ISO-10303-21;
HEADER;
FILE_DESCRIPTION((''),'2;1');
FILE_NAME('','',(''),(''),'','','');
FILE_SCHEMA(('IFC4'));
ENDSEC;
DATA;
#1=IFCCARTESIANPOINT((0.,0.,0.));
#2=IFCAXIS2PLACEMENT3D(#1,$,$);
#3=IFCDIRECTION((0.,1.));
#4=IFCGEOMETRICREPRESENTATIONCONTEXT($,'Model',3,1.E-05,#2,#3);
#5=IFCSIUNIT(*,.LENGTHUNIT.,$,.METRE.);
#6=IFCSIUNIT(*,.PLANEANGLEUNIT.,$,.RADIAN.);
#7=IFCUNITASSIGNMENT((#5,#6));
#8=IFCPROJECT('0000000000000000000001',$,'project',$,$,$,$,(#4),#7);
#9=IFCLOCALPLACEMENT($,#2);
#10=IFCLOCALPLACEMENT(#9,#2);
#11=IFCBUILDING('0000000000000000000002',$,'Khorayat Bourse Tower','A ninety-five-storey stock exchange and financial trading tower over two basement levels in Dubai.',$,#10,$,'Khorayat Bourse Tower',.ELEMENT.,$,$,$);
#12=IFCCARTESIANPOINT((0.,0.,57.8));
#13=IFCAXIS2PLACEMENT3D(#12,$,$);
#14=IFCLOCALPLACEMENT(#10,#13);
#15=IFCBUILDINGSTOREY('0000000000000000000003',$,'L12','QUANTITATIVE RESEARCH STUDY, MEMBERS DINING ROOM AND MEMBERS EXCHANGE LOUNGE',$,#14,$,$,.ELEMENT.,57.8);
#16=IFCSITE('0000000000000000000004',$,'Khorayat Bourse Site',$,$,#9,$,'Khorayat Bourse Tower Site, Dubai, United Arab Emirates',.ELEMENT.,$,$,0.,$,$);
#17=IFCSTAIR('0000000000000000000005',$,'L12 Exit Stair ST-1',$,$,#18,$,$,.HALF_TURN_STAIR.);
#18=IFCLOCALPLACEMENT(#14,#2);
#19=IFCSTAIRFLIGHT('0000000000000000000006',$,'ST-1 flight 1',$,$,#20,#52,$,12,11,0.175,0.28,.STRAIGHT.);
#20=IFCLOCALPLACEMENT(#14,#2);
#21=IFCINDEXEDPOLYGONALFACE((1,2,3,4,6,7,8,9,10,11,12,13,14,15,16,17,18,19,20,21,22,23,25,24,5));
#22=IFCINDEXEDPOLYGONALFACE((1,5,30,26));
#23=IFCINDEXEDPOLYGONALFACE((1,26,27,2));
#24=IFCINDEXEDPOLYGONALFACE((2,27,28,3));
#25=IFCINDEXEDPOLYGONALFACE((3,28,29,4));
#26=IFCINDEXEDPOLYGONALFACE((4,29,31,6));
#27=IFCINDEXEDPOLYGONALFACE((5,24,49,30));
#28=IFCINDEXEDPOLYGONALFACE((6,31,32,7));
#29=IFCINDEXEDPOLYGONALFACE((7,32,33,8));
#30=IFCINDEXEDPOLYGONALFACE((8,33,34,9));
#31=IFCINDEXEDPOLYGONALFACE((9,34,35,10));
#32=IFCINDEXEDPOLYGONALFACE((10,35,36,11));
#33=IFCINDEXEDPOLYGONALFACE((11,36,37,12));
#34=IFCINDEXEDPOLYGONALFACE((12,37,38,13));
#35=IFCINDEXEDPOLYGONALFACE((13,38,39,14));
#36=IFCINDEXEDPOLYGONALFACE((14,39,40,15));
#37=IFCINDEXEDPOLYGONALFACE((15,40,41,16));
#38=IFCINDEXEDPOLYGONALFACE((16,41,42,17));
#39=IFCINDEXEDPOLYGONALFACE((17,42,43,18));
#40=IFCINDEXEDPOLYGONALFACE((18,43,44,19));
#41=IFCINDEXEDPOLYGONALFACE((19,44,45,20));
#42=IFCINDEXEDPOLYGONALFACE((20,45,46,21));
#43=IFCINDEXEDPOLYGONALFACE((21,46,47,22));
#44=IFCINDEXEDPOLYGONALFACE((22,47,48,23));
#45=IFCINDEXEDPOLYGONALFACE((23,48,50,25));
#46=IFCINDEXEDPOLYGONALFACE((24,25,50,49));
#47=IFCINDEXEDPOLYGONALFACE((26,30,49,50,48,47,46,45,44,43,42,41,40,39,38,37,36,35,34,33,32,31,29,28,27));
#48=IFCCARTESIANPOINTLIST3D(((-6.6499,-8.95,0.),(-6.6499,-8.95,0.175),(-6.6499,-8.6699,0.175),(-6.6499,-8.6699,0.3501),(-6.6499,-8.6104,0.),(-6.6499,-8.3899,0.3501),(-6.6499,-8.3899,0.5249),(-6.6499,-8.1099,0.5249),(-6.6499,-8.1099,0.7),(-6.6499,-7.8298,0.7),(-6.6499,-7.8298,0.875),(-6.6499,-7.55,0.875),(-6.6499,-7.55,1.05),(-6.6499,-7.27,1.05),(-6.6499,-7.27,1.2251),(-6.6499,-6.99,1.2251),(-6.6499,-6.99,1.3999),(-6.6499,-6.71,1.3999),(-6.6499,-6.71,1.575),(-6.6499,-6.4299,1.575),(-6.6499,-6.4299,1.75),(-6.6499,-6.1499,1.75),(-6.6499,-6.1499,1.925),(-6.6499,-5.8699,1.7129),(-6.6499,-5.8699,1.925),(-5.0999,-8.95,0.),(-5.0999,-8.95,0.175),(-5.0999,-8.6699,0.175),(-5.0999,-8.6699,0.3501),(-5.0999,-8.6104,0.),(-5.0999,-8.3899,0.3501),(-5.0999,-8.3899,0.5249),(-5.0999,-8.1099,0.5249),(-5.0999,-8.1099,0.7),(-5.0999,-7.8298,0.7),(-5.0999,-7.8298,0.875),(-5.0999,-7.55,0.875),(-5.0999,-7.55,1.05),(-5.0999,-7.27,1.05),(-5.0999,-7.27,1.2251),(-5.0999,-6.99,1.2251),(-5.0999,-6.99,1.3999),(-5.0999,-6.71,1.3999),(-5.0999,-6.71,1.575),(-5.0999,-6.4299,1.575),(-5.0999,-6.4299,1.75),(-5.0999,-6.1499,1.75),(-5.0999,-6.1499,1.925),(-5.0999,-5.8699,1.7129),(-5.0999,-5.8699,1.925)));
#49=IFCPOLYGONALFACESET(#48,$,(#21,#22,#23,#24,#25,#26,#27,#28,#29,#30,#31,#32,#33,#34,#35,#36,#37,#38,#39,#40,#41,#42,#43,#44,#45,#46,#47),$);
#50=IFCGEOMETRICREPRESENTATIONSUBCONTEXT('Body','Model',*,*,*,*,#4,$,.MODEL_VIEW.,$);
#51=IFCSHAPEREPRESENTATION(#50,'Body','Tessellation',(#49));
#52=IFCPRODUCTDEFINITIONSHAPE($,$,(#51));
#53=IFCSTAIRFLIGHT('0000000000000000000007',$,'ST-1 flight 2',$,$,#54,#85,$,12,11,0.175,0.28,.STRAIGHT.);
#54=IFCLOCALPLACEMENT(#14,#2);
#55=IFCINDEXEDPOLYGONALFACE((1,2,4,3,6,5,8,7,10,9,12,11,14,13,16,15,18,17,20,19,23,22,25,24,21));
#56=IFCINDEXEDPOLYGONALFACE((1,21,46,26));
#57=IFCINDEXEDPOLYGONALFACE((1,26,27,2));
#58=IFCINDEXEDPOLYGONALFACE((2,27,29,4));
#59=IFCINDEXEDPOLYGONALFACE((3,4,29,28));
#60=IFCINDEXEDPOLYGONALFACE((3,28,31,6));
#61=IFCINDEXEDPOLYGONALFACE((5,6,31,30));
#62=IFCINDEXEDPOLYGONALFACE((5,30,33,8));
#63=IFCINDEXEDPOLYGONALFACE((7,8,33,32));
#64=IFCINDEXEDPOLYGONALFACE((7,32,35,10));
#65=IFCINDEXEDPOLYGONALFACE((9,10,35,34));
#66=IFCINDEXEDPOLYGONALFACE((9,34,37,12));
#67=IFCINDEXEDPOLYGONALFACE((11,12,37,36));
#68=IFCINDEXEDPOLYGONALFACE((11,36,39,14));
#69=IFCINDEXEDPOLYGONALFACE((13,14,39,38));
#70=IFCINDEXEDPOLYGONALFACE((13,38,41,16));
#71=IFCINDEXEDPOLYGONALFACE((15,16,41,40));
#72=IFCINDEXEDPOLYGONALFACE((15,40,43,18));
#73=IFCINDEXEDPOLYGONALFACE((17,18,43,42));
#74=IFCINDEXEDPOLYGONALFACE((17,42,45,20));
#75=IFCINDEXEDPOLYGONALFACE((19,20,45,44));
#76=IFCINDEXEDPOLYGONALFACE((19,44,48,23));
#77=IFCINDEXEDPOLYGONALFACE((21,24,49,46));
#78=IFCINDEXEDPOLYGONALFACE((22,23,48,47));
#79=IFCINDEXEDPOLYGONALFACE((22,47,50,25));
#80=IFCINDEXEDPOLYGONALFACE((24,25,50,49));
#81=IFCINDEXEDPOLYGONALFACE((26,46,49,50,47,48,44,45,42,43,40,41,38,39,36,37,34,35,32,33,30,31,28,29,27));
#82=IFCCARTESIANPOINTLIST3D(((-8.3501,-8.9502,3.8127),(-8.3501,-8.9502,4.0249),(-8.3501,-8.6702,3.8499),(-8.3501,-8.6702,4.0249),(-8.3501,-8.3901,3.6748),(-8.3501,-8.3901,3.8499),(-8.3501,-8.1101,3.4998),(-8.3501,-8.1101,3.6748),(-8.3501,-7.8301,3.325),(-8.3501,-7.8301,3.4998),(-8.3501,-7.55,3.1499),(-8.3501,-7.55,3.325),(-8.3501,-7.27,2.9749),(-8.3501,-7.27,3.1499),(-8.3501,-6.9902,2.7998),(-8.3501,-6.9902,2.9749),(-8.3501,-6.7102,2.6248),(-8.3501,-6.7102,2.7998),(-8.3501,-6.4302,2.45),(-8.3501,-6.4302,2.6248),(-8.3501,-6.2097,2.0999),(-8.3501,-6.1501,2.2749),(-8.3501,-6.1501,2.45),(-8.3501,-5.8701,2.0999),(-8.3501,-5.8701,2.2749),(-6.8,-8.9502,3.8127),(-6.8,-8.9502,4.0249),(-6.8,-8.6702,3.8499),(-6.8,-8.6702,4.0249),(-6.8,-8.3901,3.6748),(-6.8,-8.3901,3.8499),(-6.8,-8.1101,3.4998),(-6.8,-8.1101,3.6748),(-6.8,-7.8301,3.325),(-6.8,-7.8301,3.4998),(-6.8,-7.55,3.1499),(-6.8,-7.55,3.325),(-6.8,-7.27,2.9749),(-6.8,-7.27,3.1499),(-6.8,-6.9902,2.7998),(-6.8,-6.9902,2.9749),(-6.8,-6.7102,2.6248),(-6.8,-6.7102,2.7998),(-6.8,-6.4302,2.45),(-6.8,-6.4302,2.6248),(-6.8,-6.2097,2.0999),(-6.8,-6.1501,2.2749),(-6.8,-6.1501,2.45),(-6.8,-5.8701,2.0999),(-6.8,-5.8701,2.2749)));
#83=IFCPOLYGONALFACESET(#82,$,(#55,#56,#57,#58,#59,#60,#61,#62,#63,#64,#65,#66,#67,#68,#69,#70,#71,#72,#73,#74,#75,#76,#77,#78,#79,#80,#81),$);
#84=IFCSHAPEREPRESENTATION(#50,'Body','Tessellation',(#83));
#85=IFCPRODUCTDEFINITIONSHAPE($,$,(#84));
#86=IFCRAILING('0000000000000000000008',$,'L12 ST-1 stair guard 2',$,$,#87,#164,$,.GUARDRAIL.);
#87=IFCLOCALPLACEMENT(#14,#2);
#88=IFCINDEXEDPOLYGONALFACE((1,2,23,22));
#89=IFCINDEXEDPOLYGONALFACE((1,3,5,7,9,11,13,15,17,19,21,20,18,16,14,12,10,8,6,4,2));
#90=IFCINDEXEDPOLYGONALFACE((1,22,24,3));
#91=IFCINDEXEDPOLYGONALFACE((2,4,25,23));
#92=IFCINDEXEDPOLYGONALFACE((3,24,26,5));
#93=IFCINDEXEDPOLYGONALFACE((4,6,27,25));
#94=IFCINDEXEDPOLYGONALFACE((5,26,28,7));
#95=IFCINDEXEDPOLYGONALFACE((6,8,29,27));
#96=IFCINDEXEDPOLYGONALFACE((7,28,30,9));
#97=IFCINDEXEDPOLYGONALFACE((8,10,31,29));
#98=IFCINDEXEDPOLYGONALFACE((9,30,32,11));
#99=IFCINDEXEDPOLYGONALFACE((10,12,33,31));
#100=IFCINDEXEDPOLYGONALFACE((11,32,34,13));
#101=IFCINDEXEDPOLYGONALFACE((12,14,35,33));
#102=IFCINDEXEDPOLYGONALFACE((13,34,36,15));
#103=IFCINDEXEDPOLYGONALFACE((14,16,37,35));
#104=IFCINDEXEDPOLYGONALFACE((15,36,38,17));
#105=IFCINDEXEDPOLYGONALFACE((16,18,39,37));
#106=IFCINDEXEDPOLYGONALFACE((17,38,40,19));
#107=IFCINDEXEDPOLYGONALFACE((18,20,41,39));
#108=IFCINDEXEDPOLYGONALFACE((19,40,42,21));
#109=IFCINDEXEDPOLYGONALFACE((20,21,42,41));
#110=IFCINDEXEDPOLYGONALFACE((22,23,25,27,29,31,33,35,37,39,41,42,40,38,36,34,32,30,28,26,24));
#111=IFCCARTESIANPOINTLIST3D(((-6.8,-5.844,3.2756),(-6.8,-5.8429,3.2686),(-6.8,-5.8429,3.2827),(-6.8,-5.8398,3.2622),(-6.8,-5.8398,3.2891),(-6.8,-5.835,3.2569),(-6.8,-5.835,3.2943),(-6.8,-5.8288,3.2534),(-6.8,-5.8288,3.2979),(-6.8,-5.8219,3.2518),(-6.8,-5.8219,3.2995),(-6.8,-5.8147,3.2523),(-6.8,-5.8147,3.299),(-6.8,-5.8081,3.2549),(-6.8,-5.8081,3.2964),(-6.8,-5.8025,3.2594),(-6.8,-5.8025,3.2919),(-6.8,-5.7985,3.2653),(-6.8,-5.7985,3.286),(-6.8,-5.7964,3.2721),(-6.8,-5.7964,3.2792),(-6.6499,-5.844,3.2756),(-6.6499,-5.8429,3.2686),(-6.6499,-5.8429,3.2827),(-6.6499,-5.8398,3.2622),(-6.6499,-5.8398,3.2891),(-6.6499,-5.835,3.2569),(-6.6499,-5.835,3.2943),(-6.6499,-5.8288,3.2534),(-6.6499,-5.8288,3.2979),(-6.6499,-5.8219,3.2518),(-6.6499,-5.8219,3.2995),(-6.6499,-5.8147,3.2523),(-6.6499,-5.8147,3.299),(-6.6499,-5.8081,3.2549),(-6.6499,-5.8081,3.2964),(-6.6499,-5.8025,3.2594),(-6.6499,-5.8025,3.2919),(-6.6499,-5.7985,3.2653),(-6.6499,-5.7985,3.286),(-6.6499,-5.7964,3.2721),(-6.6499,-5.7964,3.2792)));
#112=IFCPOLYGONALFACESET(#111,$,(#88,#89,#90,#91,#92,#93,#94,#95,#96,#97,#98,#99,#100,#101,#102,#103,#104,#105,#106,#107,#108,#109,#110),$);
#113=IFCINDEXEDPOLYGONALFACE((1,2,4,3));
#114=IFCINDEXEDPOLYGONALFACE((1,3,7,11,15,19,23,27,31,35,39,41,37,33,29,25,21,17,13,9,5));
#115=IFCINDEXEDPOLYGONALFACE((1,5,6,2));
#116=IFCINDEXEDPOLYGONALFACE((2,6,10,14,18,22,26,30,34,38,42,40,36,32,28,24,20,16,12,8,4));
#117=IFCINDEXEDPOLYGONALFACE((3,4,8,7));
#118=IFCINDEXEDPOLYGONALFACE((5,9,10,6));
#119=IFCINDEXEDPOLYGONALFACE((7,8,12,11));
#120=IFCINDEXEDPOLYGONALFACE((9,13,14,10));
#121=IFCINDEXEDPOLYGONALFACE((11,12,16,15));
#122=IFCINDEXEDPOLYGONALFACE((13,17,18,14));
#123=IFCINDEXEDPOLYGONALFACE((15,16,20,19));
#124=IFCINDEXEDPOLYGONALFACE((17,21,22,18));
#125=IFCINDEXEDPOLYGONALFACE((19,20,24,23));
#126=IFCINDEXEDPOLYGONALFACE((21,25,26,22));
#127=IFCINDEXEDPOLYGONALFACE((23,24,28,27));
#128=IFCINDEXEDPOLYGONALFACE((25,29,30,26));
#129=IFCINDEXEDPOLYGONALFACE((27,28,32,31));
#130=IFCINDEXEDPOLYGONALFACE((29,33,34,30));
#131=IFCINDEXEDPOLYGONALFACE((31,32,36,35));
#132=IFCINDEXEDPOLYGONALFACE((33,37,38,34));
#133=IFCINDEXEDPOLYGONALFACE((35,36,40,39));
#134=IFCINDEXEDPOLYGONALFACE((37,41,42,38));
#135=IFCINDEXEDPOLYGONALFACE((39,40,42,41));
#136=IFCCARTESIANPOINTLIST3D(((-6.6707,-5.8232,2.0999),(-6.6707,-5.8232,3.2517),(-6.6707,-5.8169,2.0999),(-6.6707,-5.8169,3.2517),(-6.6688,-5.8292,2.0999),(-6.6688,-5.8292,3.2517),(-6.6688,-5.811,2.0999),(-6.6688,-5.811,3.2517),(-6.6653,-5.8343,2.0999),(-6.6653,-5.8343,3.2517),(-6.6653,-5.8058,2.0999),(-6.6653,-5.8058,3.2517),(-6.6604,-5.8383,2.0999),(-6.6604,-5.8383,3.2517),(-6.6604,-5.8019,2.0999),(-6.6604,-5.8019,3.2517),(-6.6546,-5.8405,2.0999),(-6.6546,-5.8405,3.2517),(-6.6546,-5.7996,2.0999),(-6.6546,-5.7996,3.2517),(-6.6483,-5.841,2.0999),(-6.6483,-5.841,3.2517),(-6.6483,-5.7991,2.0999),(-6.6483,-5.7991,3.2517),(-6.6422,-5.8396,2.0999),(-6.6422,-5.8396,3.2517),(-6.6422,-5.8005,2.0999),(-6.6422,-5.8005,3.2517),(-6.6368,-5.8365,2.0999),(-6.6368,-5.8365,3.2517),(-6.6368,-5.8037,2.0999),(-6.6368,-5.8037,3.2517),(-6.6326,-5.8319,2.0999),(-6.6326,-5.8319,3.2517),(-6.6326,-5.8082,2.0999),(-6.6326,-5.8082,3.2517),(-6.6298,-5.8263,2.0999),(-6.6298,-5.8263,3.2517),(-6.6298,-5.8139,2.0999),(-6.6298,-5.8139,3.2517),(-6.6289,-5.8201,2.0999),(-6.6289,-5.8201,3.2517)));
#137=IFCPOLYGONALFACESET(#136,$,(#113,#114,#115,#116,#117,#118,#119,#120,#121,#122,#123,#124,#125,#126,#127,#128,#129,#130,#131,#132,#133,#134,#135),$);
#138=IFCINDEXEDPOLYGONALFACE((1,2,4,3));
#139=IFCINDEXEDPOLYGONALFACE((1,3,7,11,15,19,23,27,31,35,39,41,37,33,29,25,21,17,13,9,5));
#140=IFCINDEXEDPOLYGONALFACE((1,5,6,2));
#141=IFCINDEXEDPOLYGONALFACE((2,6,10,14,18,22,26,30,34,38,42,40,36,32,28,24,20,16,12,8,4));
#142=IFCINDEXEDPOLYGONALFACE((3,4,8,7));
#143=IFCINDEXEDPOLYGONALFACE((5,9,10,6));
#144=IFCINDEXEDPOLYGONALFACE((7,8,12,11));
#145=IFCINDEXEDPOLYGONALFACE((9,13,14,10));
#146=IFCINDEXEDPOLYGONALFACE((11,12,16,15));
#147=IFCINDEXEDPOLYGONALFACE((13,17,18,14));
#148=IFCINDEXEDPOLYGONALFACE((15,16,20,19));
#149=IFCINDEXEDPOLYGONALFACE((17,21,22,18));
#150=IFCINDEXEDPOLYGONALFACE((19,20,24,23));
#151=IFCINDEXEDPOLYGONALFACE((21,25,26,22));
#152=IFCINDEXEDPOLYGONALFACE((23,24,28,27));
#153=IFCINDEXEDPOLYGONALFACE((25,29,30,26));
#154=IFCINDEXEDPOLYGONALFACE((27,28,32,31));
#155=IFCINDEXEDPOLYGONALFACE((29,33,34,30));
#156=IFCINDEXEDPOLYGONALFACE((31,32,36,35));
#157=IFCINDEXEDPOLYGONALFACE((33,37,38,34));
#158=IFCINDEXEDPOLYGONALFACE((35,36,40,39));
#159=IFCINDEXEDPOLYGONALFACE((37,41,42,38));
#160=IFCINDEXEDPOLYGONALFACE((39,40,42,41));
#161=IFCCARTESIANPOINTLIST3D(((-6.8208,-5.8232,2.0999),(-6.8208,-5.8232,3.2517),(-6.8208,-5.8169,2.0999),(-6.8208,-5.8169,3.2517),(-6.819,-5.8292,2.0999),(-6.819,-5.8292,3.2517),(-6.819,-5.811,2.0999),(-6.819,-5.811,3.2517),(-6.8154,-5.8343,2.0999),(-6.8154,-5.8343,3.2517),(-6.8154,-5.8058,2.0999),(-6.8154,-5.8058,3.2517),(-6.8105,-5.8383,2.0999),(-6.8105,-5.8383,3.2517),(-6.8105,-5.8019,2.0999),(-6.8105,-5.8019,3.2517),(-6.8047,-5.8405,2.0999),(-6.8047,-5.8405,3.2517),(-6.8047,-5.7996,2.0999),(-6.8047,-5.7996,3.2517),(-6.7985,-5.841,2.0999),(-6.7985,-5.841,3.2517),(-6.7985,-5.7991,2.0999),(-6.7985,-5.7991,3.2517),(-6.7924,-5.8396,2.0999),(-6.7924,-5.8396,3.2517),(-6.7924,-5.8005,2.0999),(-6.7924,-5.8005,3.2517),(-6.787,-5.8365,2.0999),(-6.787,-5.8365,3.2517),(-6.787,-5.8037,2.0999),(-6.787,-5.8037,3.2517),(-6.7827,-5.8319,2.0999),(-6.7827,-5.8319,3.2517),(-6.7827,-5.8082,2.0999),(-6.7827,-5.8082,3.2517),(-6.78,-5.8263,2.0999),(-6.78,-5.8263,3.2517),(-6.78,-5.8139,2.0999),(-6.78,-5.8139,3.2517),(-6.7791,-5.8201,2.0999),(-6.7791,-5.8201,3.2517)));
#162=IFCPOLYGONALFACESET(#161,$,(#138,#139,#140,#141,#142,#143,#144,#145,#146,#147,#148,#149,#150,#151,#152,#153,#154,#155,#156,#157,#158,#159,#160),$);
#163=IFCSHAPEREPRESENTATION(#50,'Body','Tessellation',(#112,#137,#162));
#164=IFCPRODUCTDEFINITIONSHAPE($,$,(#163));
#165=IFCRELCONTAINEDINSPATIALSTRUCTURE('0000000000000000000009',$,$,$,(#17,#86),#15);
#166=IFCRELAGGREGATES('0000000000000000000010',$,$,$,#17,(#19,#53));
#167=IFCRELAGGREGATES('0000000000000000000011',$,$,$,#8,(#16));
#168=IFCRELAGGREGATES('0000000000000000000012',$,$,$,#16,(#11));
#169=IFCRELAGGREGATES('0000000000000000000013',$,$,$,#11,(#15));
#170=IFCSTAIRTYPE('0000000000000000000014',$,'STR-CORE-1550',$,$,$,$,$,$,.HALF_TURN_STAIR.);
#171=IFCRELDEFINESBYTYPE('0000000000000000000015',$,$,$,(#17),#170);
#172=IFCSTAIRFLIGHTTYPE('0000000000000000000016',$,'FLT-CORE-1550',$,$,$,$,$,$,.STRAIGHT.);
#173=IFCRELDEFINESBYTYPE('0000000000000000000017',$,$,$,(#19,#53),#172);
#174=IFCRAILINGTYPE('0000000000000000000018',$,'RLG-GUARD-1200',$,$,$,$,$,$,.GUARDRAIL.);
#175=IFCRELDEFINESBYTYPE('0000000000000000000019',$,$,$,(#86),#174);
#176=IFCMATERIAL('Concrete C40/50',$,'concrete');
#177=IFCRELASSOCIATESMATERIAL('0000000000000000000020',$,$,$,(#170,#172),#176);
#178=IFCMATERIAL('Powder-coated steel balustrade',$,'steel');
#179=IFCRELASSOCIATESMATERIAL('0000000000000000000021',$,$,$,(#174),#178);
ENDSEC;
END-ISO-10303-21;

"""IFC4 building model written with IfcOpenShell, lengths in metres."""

from ifc_helpers import new_model, si_unit, direction, frame, origin, origin_2d, place, context, subcontext, project, spatial, polyline, circle, outline, extrude, source, transform, mapped, material, type_object, element, aggregate, save


model = new_model("IFC4")

# Units and contexts
model_context = context("Model", 3, precision=1e-05, world=origin(), true_north=direction((0.0, 1.0)))
body_context = subcontext(model_context, "Body", "Model", "MODEL_VIEW")
ifc_project = project(units=[si_unit("LENGTHUNIT", "METRE"), si_unit("PLANEANGLEUNIT", "RADIAN")], contexts=[model_context])

# Site, building, storey
site_placement = place(None, origin())
site = spatial("IfcSite", under=ifc_project, at=site_placement, Name="Khorayat Bourse Site", LongName="Khorayat Bourse Tower Site, Dubai, United Arab Emirates", CompositionType="ELEMENT", RefElevation=0.0)
building_placement = place(site_placement, origin())
building = spatial("IfcBuilding", under=site, at=building_placement, Name="Khorayat Bourse Tower", Description="A ninety-five-storey stock exchange and financial trading tower over two basement levels in Dubai.", LongName="Khorayat Bourse Tower", CompositionType="ELEMENT")
storey_placement = place(building_placement, frame((0.0, 0.0, 57.8)))
storey = spatial("IfcBuildingStorey", under=building, at=storey_placement, Name="L12", Description="QUANTITATIVE RESEARCH STUDY, MEMBERS DINING ROOM AND MEMBERS EXCHANGE LOUNGE", CompositionType="ELEMENT", Elevation=57.8)

# Stair, stair flights
ifc_material_1 = material(Name="Concrete C40/50", Category="concrete")
stair_type = type_object("IfcStairType", Name="STR-CORE-1550", PredefinedType="HALF_TURN_STAIR", material=ifc_material_1)
stair_placement = place(storey_placement, origin())
stair = element("IfcStair", 1, at=stair_placement, inside=storey, type_object=stair_type, Name="L12 Exit Stair ST-1", PredefinedType="HALF_TURN_STAIR")
stair_flight_type = type_object("IfcStairFlightType", Name="FLT-CORE-1550", PredefinedType="STRAIGHT", material=ifc_material_1)
shared_shape_1 = source(origin(), body_context, "Body", "SweptSolid", [
    extrude(outline(polyline([(0.0, 0.0), (0.0, 0.175), (0.28, 0.175), (0.28, 0.3501), (0.5601, 0.3501), (0.5601, 0.5249), (0.8401, 0.5249), (0.8401, 0.7), (1.1201, 0.7), (1.1201, 0.875), (1.3999, 0.875), (1.3999, 1.05), (1.6799, 1.05), (1.6799, 1.2251), (1.96, 1.2251), (1.96, 1.3999), (2.24, 1.3999), (2.24, 1.575), (2.52, 1.575), (2.52, 1.75), (2.8, 1.75), (2.8, 1.925), (3.0801, 1.925), (3.0801, 2.1001), (3.0801, 1.7129), (0.3396, 0.0), (0.0, 0.0)])), frame((0.0, 0.7749, 0.0), z_axis=(0.0, -1.0, 0.0), x_axis=(1.0, 0.0, 0.0)), (0.0, 0.0, 1.0), 1.55),
])
stair_flight_1_placement = place(storey_placement, frame((-5.875, -8.95, 0.0), z_axis=(0.0, 0.0, 1.0), x_axis=(0.0, 1.0, 0.0)))
stair_flight_1 = element("IfcStairFlight", 2, at=stair_flight_1_placement, type_object=stair_flight_type, Name="ST-1 flight 1", NumberOfRisers=12, NumberOfTreads=11, PredefinedType="STRAIGHT", RiserHeight=0.175, TreadLength=0.28, context=body_context, shape_type="MappedRepresentation", body=[
    mapped(shared_shape_1, transform((0.0, 0.0, 0.0), scale=1.0)),
])
stair_flight_2_placement = place(storey_placement, frame((-7.575, -5.8701, 2.0999), z_axis=(0.0, 0.0, 1.0), x_axis=(0.0, -1.0, 0.0)))
stair_flight_2 = element("IfcStairFlight", 3, at=stair_flight_2_placement, type_object=stair_flight_type, Name="ST-1 flight 2", NumberOfRisers=12, NumberOfTreads=11, PredefinedType="STRAIGHT", RiserHeight=0.175, TreadLength=0.28, context=body_context, shape_type="MappedRepresentation", body=[
    mapped(shared_shape_1, transform((0.0, 0.0, 0.0), scale=1.0)),
])
aggregate(stair, [stair_flight_1, stair_flight_2])

# Railing
ifc_material_2 = material(Name="Powder-coated steel balustrade", Category="steel")
railing_type_1 = type_object("IfcRailingType", Name="RLG-GUARD-1200", PredefinedType="GUARDRAIL", material=ifc_material_2)
shared_shape_2 = source(origin(), body_context, "Body", "SweptSolid", [
    extrude(circle(Radius=0.0239, at=origin_2d()), frame((0.0, 0.0, 1.1758), z_axis=(-1.0, 0.0, 0.0), x_axis=(0.0, -1.0, 0.0)), (0.0, 0.0, 1.0), 0.1501),
    extrude(circle(Radius=0.021, at=origin_2d()), origin(), (0.0, 0.0, 1.0), 1.1519),
    extrude(circle(Radius=0.021, at=origin_2d()), frame((-0.1501, 0.0, 0.0)), (0.0, 0.0, 1.0), 1.1519),
])
for number, where, name in (
    (4, (-6.6499, -5.8201, 2.0999), "L12 ST-1 stair guard 2"),
):
    element("IfcRailing", number, at=place(storey_placement, frame(where)), inside=storey, type_object=railing_type_1, Name=name, PredefinedType="GUARDRAIL", context=body_context, shape_type="MappedRepresentation", body=[
        mapped(shared_shape_2, transform((0.0, 0.0, 0.0), scale=1.0)),
    ])

save(model, "model.ifc")
